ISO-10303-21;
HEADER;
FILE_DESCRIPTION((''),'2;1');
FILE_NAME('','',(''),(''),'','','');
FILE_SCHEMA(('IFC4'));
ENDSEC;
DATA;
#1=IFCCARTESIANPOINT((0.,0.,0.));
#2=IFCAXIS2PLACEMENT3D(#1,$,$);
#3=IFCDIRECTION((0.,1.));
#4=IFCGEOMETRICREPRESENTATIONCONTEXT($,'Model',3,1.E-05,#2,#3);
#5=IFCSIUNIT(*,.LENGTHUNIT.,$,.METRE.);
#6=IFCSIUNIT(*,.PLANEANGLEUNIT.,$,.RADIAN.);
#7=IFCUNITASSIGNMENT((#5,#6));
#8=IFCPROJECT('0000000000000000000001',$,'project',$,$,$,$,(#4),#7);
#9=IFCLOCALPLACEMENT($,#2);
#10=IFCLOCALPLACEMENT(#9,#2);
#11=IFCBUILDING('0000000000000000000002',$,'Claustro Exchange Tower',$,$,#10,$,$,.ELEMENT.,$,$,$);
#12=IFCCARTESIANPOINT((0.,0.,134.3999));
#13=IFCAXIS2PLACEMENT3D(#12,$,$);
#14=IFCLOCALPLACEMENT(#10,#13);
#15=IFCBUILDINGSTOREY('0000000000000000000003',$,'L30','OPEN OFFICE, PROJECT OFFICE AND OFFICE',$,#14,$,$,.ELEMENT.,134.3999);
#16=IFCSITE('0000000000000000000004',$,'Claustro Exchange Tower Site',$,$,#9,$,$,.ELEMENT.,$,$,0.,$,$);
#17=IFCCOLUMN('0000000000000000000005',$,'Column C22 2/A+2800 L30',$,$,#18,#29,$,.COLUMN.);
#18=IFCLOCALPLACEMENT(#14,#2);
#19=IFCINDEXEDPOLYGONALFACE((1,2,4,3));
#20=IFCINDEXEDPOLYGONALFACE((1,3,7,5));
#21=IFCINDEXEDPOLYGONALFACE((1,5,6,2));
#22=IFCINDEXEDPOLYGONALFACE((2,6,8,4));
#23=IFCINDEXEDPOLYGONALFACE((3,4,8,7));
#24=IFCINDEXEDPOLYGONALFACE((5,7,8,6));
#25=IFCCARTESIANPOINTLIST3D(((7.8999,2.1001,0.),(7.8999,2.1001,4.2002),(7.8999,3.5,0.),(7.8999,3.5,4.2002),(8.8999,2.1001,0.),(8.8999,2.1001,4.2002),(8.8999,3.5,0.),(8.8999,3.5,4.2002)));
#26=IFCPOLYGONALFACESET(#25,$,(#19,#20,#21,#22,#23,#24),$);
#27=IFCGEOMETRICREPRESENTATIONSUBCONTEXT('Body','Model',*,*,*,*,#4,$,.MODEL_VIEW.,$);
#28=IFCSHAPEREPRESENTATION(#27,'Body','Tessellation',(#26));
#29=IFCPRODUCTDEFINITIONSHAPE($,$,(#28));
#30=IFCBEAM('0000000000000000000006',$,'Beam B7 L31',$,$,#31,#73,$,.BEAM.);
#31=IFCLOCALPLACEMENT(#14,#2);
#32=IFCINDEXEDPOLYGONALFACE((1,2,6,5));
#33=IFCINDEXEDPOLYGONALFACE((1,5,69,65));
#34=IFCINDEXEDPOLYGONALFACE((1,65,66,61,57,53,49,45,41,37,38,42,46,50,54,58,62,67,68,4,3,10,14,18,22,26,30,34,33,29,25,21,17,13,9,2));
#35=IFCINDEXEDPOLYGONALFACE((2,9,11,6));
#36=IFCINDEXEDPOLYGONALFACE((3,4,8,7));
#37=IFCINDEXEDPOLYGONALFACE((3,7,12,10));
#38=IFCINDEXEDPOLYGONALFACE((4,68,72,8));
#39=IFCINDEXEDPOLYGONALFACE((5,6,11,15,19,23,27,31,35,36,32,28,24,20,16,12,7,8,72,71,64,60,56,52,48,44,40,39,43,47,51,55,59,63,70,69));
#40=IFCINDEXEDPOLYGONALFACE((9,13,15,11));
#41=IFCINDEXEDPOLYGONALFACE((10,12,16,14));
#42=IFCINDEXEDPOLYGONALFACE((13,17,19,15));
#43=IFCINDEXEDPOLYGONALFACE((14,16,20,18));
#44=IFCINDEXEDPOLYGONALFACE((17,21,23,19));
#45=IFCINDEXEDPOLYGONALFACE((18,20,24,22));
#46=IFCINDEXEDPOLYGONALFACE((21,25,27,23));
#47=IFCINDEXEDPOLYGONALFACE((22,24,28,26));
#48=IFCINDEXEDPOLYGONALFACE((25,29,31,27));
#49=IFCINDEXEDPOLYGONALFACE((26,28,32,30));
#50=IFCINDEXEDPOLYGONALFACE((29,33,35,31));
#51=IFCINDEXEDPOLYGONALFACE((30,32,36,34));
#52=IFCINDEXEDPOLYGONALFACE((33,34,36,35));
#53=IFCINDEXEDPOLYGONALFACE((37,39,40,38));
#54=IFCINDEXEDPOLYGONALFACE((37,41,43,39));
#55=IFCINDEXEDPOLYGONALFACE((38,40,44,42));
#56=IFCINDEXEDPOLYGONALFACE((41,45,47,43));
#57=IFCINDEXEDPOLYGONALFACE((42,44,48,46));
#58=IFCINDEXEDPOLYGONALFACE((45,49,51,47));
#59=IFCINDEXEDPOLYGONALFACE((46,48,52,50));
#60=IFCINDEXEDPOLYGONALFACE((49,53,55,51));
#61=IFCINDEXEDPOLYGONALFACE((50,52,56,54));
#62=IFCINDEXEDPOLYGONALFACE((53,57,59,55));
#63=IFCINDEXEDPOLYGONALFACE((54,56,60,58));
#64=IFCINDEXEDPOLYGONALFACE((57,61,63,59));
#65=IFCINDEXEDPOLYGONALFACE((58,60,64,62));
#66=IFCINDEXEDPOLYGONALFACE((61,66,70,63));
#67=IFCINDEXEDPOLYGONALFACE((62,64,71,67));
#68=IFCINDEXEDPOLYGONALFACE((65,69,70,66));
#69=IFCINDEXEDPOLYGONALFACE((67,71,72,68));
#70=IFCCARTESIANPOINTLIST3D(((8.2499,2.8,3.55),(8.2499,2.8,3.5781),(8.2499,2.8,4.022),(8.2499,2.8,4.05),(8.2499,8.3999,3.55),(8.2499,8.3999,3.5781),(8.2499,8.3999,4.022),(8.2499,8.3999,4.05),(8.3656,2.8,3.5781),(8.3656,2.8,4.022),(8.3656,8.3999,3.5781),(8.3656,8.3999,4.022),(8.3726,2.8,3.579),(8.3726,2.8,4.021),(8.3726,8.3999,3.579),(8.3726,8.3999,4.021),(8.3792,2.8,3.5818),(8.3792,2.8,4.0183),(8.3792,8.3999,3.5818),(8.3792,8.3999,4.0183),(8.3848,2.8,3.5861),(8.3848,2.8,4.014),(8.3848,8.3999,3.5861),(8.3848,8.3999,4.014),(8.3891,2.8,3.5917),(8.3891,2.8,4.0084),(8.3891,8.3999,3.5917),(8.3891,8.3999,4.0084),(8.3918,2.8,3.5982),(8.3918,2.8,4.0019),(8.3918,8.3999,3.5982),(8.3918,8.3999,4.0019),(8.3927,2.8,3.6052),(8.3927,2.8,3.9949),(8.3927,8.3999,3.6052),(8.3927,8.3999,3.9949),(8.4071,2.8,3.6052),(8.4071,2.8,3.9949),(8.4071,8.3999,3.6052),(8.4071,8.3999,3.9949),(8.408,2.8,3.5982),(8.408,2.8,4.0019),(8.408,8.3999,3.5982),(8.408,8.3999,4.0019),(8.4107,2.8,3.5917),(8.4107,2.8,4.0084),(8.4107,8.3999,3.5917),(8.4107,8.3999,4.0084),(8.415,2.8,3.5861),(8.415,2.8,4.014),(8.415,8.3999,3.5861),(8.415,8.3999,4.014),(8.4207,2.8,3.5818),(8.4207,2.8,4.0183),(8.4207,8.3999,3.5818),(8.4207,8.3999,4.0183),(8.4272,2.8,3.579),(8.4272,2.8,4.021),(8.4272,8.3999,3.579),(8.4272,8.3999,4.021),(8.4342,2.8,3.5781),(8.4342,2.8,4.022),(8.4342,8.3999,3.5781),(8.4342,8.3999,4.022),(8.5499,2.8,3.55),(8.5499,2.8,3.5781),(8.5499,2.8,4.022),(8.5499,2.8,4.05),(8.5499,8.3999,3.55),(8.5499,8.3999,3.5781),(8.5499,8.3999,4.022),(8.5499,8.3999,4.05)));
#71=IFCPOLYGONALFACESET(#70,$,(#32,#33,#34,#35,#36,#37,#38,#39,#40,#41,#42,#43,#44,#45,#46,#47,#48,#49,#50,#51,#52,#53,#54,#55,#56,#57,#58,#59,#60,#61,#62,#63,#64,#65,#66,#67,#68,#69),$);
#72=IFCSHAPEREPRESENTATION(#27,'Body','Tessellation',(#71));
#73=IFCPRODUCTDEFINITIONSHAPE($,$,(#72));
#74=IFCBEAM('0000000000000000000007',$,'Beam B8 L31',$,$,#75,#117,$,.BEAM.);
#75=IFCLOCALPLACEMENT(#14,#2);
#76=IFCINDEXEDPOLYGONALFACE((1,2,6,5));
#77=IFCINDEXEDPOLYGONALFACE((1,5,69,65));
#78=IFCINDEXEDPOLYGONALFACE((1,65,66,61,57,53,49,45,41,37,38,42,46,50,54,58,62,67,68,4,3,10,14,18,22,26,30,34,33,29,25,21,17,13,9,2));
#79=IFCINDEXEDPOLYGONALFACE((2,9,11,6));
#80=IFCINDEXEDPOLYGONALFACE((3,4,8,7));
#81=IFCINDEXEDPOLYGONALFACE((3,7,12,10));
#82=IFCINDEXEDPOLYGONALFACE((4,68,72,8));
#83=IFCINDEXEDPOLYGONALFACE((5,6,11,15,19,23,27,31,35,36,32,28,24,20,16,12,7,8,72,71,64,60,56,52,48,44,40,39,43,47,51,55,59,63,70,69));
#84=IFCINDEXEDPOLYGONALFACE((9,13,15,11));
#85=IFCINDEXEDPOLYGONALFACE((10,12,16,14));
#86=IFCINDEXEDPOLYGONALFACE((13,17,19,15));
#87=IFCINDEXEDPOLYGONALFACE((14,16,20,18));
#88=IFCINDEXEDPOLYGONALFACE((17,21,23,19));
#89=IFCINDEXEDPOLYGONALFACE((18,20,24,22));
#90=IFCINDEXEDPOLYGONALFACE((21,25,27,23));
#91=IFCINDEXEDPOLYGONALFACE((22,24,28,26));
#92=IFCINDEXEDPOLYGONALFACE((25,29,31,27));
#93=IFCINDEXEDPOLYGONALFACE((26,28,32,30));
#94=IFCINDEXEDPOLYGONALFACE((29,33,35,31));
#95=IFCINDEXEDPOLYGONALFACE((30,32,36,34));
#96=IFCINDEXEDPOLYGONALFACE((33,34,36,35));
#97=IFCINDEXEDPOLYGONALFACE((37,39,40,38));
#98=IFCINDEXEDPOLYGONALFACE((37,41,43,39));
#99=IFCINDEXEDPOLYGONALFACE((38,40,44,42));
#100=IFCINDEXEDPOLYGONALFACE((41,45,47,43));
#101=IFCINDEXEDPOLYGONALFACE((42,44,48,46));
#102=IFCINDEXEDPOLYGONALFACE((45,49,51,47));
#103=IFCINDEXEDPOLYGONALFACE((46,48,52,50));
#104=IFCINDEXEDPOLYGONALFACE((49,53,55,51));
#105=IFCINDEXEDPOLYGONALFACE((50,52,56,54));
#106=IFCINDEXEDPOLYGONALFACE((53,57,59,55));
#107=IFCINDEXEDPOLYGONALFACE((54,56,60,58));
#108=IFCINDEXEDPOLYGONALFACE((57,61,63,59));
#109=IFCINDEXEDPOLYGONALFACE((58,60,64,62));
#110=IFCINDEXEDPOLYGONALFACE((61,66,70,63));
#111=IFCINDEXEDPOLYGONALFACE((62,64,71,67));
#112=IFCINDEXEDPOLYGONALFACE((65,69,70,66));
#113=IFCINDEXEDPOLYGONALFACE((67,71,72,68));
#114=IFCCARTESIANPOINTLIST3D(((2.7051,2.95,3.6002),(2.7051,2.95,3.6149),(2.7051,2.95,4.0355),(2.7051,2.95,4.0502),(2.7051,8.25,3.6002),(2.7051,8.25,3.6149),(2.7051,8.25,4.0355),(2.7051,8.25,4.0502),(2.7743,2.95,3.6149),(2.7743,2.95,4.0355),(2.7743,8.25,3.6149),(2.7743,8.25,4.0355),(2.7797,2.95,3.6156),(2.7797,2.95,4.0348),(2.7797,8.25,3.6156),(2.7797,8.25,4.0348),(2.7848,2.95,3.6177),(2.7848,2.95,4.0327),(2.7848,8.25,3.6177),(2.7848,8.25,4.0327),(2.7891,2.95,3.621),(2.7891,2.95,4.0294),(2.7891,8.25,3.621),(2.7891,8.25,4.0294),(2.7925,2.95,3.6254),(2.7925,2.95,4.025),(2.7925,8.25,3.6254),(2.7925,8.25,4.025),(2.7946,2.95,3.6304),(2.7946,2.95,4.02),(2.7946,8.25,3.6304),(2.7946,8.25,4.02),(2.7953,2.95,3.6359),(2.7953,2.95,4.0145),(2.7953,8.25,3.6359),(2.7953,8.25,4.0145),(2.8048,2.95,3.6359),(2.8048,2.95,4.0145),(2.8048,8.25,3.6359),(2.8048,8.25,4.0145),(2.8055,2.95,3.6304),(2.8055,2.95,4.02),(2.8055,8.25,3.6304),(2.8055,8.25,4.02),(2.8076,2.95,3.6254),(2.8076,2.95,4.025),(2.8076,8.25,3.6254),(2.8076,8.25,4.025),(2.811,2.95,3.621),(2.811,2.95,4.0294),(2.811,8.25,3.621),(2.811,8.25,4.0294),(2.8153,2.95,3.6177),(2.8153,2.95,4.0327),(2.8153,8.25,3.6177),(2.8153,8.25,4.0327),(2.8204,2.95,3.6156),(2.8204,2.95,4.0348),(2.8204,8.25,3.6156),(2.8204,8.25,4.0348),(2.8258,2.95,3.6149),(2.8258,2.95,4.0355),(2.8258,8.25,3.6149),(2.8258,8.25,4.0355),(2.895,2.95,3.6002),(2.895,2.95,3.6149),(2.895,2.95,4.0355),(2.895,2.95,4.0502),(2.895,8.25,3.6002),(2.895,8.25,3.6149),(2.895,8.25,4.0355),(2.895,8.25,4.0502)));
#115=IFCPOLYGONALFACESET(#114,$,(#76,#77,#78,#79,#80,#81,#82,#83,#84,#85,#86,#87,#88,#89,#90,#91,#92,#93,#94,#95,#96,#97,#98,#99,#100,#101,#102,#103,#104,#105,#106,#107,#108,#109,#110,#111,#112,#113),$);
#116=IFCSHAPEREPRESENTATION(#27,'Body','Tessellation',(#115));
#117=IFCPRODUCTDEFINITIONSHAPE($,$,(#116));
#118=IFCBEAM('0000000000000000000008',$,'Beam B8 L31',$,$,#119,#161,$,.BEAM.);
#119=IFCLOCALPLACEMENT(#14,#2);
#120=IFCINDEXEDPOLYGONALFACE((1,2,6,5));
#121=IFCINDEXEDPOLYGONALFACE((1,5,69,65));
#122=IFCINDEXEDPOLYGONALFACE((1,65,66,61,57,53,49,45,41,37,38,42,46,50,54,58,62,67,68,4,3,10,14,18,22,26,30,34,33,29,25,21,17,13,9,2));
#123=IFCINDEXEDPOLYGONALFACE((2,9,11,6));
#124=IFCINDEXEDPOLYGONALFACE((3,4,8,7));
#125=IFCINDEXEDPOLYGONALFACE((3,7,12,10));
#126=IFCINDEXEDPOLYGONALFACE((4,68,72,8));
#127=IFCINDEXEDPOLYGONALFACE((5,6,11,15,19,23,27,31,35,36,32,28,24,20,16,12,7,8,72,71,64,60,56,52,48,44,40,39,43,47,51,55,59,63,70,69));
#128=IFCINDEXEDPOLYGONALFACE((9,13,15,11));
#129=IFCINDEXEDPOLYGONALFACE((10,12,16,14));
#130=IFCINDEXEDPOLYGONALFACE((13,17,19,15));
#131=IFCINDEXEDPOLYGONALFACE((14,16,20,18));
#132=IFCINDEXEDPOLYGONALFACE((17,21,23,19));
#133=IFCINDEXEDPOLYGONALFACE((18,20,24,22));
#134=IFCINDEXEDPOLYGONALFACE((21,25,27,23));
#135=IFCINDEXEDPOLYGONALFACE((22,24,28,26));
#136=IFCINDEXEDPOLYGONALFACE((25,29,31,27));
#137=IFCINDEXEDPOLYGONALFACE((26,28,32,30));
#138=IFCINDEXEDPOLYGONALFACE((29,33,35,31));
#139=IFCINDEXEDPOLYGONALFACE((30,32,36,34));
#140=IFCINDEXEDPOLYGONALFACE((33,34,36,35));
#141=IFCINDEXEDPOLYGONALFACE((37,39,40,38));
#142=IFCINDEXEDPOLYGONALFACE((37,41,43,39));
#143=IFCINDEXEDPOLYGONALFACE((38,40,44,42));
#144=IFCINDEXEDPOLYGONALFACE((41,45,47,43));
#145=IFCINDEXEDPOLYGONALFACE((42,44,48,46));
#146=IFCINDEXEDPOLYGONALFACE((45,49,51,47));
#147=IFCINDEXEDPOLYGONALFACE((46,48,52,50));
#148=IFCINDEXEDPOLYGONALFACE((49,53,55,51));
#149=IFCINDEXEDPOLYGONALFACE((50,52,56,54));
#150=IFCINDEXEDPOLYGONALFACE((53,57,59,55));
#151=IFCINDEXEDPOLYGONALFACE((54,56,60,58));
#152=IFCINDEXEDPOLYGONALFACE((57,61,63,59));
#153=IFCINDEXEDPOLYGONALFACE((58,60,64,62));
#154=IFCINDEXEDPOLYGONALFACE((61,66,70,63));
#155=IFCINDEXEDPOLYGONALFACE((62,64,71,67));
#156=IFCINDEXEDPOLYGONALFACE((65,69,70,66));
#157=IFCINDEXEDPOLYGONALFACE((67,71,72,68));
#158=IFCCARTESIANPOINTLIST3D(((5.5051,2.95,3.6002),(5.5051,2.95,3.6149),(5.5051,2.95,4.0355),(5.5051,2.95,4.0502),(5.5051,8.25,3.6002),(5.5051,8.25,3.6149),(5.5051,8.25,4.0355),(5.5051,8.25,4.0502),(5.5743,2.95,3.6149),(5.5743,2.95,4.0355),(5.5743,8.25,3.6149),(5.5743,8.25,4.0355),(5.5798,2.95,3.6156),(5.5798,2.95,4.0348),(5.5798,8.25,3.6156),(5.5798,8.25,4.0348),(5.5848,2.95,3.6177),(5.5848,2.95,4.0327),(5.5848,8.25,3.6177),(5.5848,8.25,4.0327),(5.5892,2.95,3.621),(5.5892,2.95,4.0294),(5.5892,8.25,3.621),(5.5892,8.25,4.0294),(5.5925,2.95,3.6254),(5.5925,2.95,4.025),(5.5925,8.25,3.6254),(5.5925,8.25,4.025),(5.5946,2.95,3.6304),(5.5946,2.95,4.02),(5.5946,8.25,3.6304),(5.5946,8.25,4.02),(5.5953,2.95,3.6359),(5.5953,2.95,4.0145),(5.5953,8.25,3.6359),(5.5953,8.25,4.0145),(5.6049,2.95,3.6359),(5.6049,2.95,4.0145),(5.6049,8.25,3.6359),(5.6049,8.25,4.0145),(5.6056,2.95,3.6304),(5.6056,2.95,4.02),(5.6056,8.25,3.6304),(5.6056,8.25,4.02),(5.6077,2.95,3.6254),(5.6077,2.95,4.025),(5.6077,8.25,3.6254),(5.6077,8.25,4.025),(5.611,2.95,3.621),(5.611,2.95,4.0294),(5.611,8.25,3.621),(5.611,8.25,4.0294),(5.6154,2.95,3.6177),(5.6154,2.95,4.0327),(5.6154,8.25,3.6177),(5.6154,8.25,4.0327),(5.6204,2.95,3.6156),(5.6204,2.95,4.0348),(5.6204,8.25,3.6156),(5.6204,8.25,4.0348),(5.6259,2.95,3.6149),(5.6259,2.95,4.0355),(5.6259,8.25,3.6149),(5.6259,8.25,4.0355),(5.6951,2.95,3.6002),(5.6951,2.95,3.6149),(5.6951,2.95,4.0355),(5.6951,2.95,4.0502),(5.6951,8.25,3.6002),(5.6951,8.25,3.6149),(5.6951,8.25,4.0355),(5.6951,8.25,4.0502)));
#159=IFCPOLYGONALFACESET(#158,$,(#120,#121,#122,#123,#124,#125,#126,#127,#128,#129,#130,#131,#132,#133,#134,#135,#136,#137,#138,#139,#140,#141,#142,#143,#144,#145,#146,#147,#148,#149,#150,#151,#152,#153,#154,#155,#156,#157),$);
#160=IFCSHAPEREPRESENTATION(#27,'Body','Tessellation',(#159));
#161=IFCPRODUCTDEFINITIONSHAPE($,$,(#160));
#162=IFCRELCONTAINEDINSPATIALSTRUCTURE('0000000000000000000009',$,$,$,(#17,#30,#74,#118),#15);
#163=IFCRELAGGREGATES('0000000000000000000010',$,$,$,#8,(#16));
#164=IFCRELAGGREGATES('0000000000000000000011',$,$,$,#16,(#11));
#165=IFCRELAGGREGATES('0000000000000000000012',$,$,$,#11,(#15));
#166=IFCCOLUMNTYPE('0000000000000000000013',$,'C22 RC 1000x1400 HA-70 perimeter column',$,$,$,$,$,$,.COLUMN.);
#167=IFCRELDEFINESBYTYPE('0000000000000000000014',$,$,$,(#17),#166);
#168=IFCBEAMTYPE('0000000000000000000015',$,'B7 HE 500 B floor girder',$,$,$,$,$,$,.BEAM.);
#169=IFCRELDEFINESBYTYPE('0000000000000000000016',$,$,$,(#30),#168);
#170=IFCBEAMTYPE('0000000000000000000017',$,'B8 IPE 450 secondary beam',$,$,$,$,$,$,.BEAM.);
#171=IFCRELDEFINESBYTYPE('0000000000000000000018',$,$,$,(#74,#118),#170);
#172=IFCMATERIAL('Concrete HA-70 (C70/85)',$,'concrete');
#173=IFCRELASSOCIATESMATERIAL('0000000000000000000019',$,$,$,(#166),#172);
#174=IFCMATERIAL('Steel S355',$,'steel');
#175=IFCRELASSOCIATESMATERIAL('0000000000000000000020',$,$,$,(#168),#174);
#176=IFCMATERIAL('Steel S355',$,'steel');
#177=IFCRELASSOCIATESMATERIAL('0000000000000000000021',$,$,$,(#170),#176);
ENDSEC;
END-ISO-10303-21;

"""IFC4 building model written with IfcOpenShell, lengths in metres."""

from ifc_helpers import new_model, si_unit, direction, frame, origin, origin_2d, place, context, subcontext, project, spatial, rectangle, i_section, extrude, material, material_profile, profile_set, type_object, element, save


model = new_model("IFC4")

# Units and contexts
model_context = context("Model", 3, precision=1e-05, world=origin(), true_north=direction((0.0, 1.0)))
body_context = subcontext(model_context, "Body", "Model", "MODEL_VIEW")
ifc_project = project(units=[si_unit("LENGTHUNIT", "METRE"), si_unit("PLANEANGLEUNIT", "RADIAN")], contexts=[model_context])

# Site, building, storey
site_placement = place(None, origin())
site = spatial("IfcSite", under=ifc_project, at=site_placement, Name="Claustro Exchange Tower Site", CompositionType="ELEMENT", RefElevation=0.0)
building_placement = place(site_placement, origin())
building = spatial("IfcBuilding", under=site, at=building_placement, Name="Claustro Exchange Tower", CompositionType="ELEMENT")
storey_placement = place(building_placement, frame((0.0, 0.0, 134.3999)))
storey = spatial("IfcBuildingStorey", under=building, at=storey_placement, Name="L30", Description="OPEN OFFICE, PROJECT OFFICE AND OFFICE", CompositionType="ELEMENT", Elevation=134.3999)

# Column
ifc_material_1 = material(Name="Concrete HA-70 (C70/85)", Category="concrete")
ifc_material_profile_1 = material_profile(ifc_material_1, rectangle(XDim=1.0, YDim=1.3999, at=origin_2d()), Name="RC 1000x1400")
ifc_profile_set_1 = profile_set([ifc_material_profile_1], Name="Concrete HA-70 (C70/85)")
column_type = type_object("IfcColumnType", Name="C22 RC 1000x1400 HA-70 perimeter column", PredefinedType="COLUMN", material=ifc_profile_set_1)
column_placement = place(storey_placement, frame((8.3999, 2.8, 0.0), z_axis=(0.0, 0.0, 1.0), x_axis=(1.0, 0.0, 0.0)))
element("IfcColumn", 1, at=column_placement, inside=storey, type_object=column_type, Name="Column C22 2/A+2800 L30", PredefinedType="COLUMN", context=body_context, shape_type="SweptSolid", body=[
    extrude(rectangle(XDim=1.0, YDim=1.3999, at=origin_2d()), origin(), (0.0, 0.0, 1.0), 4.2002),
])

# Beams
ifc_material_2 = material(Name="Steel S355", Category="steel")
ifc_material_profile_2 = material_profile(ifc_material_2, i_section(OverallWidth=0.3, OverallDepth=0.5, WebThickness=0.0144, FlangeThickness=0.0281, FilletRadius=0.0271, at=origin_2d()), Name="HE 500 B")
ifc_profile_set_2 = profile_set([ifc_material_profile_2], Name="Steel S355")
beam_type_1 = type_object("IfcBeamType", Name="B7 HE 500 B floor girder", PredefinedType="BEAM", material=ifc_profile_set_2)
beam_1_placement = place(storey_placement, frame((8.3999, 2.8, 3.8), z_axis=(0.0, 1.0, 0.0), x_axis=(-1.0, 0.0, 0.0)))
element("IfcBeam", 2, at=beam_1_placement, inside=storey, type_object=beam_type_1, Name="Beam B7 L31", PredefinedType="BEAM", context=body_context, shape_type="SweptSolid", body=[
    extrude(i_section(OverallWidth=0.3, OverallDepth=0.5, WebThickness=0.0144, FlangeThickness=0.0281, FilletRadius=0.0271, at=origin_2d()), origin(), (0.0, 0.0, 1.0), 5.5999),
])
ifc_material_3 = material(Name="Steel S355", Category="steel")
ifc_material_profile_3 = material_profile(ifc_material_3, i_section(OverallWidth=0.1899, OverallDepth=0.45, WebThickness=0.0095, FlangeThickness=0.0146, FilletRadius=0.021, at=origin_2d()), Name="IPE 450")
ifc_profile_set_3 = profile_set([ifc_material_profile_3], Name="Steel S355")
beam_type_2 = type_object("IfcBeamType", Name="B8 IPE 450 secondary beam", PredefinedType="BEAM", material=ifc_profile_set_3)
for number, where, z_axis, x_axis, name in (
    (3, (2.8, 2.95, 3.8252), (0.0, 1.0, 0.0), (-1.0, 0.0, 0.0), "Beam B8 L31"),
    (4, (5.6001, 2.95, 3.8252), (0.0, 1.0, 0.0), (-1.0, 0.0, 0.0), "Beam B8 L31"),
):
    element("IfcBeam", number, at=place(storey_placement, frame(where, z_axis=z_axis, x_axis=x_axis)), inside=storey, type_object=beam_type_2, Name=name, PredefinedType="BEAM", context=body_context, shape_type="SweptSolid", body=[
        extrude(i_section(OverallWidth=0.1899, OverallDepth=0.45, WebThickness=0.0095, FlangeThickness=0.0146, FilletRadius=0.021, at=origin_2d()), origin(), (0.0, 0.0, 1.0), 5.3),
    ])

save(model, "model.ifc")
